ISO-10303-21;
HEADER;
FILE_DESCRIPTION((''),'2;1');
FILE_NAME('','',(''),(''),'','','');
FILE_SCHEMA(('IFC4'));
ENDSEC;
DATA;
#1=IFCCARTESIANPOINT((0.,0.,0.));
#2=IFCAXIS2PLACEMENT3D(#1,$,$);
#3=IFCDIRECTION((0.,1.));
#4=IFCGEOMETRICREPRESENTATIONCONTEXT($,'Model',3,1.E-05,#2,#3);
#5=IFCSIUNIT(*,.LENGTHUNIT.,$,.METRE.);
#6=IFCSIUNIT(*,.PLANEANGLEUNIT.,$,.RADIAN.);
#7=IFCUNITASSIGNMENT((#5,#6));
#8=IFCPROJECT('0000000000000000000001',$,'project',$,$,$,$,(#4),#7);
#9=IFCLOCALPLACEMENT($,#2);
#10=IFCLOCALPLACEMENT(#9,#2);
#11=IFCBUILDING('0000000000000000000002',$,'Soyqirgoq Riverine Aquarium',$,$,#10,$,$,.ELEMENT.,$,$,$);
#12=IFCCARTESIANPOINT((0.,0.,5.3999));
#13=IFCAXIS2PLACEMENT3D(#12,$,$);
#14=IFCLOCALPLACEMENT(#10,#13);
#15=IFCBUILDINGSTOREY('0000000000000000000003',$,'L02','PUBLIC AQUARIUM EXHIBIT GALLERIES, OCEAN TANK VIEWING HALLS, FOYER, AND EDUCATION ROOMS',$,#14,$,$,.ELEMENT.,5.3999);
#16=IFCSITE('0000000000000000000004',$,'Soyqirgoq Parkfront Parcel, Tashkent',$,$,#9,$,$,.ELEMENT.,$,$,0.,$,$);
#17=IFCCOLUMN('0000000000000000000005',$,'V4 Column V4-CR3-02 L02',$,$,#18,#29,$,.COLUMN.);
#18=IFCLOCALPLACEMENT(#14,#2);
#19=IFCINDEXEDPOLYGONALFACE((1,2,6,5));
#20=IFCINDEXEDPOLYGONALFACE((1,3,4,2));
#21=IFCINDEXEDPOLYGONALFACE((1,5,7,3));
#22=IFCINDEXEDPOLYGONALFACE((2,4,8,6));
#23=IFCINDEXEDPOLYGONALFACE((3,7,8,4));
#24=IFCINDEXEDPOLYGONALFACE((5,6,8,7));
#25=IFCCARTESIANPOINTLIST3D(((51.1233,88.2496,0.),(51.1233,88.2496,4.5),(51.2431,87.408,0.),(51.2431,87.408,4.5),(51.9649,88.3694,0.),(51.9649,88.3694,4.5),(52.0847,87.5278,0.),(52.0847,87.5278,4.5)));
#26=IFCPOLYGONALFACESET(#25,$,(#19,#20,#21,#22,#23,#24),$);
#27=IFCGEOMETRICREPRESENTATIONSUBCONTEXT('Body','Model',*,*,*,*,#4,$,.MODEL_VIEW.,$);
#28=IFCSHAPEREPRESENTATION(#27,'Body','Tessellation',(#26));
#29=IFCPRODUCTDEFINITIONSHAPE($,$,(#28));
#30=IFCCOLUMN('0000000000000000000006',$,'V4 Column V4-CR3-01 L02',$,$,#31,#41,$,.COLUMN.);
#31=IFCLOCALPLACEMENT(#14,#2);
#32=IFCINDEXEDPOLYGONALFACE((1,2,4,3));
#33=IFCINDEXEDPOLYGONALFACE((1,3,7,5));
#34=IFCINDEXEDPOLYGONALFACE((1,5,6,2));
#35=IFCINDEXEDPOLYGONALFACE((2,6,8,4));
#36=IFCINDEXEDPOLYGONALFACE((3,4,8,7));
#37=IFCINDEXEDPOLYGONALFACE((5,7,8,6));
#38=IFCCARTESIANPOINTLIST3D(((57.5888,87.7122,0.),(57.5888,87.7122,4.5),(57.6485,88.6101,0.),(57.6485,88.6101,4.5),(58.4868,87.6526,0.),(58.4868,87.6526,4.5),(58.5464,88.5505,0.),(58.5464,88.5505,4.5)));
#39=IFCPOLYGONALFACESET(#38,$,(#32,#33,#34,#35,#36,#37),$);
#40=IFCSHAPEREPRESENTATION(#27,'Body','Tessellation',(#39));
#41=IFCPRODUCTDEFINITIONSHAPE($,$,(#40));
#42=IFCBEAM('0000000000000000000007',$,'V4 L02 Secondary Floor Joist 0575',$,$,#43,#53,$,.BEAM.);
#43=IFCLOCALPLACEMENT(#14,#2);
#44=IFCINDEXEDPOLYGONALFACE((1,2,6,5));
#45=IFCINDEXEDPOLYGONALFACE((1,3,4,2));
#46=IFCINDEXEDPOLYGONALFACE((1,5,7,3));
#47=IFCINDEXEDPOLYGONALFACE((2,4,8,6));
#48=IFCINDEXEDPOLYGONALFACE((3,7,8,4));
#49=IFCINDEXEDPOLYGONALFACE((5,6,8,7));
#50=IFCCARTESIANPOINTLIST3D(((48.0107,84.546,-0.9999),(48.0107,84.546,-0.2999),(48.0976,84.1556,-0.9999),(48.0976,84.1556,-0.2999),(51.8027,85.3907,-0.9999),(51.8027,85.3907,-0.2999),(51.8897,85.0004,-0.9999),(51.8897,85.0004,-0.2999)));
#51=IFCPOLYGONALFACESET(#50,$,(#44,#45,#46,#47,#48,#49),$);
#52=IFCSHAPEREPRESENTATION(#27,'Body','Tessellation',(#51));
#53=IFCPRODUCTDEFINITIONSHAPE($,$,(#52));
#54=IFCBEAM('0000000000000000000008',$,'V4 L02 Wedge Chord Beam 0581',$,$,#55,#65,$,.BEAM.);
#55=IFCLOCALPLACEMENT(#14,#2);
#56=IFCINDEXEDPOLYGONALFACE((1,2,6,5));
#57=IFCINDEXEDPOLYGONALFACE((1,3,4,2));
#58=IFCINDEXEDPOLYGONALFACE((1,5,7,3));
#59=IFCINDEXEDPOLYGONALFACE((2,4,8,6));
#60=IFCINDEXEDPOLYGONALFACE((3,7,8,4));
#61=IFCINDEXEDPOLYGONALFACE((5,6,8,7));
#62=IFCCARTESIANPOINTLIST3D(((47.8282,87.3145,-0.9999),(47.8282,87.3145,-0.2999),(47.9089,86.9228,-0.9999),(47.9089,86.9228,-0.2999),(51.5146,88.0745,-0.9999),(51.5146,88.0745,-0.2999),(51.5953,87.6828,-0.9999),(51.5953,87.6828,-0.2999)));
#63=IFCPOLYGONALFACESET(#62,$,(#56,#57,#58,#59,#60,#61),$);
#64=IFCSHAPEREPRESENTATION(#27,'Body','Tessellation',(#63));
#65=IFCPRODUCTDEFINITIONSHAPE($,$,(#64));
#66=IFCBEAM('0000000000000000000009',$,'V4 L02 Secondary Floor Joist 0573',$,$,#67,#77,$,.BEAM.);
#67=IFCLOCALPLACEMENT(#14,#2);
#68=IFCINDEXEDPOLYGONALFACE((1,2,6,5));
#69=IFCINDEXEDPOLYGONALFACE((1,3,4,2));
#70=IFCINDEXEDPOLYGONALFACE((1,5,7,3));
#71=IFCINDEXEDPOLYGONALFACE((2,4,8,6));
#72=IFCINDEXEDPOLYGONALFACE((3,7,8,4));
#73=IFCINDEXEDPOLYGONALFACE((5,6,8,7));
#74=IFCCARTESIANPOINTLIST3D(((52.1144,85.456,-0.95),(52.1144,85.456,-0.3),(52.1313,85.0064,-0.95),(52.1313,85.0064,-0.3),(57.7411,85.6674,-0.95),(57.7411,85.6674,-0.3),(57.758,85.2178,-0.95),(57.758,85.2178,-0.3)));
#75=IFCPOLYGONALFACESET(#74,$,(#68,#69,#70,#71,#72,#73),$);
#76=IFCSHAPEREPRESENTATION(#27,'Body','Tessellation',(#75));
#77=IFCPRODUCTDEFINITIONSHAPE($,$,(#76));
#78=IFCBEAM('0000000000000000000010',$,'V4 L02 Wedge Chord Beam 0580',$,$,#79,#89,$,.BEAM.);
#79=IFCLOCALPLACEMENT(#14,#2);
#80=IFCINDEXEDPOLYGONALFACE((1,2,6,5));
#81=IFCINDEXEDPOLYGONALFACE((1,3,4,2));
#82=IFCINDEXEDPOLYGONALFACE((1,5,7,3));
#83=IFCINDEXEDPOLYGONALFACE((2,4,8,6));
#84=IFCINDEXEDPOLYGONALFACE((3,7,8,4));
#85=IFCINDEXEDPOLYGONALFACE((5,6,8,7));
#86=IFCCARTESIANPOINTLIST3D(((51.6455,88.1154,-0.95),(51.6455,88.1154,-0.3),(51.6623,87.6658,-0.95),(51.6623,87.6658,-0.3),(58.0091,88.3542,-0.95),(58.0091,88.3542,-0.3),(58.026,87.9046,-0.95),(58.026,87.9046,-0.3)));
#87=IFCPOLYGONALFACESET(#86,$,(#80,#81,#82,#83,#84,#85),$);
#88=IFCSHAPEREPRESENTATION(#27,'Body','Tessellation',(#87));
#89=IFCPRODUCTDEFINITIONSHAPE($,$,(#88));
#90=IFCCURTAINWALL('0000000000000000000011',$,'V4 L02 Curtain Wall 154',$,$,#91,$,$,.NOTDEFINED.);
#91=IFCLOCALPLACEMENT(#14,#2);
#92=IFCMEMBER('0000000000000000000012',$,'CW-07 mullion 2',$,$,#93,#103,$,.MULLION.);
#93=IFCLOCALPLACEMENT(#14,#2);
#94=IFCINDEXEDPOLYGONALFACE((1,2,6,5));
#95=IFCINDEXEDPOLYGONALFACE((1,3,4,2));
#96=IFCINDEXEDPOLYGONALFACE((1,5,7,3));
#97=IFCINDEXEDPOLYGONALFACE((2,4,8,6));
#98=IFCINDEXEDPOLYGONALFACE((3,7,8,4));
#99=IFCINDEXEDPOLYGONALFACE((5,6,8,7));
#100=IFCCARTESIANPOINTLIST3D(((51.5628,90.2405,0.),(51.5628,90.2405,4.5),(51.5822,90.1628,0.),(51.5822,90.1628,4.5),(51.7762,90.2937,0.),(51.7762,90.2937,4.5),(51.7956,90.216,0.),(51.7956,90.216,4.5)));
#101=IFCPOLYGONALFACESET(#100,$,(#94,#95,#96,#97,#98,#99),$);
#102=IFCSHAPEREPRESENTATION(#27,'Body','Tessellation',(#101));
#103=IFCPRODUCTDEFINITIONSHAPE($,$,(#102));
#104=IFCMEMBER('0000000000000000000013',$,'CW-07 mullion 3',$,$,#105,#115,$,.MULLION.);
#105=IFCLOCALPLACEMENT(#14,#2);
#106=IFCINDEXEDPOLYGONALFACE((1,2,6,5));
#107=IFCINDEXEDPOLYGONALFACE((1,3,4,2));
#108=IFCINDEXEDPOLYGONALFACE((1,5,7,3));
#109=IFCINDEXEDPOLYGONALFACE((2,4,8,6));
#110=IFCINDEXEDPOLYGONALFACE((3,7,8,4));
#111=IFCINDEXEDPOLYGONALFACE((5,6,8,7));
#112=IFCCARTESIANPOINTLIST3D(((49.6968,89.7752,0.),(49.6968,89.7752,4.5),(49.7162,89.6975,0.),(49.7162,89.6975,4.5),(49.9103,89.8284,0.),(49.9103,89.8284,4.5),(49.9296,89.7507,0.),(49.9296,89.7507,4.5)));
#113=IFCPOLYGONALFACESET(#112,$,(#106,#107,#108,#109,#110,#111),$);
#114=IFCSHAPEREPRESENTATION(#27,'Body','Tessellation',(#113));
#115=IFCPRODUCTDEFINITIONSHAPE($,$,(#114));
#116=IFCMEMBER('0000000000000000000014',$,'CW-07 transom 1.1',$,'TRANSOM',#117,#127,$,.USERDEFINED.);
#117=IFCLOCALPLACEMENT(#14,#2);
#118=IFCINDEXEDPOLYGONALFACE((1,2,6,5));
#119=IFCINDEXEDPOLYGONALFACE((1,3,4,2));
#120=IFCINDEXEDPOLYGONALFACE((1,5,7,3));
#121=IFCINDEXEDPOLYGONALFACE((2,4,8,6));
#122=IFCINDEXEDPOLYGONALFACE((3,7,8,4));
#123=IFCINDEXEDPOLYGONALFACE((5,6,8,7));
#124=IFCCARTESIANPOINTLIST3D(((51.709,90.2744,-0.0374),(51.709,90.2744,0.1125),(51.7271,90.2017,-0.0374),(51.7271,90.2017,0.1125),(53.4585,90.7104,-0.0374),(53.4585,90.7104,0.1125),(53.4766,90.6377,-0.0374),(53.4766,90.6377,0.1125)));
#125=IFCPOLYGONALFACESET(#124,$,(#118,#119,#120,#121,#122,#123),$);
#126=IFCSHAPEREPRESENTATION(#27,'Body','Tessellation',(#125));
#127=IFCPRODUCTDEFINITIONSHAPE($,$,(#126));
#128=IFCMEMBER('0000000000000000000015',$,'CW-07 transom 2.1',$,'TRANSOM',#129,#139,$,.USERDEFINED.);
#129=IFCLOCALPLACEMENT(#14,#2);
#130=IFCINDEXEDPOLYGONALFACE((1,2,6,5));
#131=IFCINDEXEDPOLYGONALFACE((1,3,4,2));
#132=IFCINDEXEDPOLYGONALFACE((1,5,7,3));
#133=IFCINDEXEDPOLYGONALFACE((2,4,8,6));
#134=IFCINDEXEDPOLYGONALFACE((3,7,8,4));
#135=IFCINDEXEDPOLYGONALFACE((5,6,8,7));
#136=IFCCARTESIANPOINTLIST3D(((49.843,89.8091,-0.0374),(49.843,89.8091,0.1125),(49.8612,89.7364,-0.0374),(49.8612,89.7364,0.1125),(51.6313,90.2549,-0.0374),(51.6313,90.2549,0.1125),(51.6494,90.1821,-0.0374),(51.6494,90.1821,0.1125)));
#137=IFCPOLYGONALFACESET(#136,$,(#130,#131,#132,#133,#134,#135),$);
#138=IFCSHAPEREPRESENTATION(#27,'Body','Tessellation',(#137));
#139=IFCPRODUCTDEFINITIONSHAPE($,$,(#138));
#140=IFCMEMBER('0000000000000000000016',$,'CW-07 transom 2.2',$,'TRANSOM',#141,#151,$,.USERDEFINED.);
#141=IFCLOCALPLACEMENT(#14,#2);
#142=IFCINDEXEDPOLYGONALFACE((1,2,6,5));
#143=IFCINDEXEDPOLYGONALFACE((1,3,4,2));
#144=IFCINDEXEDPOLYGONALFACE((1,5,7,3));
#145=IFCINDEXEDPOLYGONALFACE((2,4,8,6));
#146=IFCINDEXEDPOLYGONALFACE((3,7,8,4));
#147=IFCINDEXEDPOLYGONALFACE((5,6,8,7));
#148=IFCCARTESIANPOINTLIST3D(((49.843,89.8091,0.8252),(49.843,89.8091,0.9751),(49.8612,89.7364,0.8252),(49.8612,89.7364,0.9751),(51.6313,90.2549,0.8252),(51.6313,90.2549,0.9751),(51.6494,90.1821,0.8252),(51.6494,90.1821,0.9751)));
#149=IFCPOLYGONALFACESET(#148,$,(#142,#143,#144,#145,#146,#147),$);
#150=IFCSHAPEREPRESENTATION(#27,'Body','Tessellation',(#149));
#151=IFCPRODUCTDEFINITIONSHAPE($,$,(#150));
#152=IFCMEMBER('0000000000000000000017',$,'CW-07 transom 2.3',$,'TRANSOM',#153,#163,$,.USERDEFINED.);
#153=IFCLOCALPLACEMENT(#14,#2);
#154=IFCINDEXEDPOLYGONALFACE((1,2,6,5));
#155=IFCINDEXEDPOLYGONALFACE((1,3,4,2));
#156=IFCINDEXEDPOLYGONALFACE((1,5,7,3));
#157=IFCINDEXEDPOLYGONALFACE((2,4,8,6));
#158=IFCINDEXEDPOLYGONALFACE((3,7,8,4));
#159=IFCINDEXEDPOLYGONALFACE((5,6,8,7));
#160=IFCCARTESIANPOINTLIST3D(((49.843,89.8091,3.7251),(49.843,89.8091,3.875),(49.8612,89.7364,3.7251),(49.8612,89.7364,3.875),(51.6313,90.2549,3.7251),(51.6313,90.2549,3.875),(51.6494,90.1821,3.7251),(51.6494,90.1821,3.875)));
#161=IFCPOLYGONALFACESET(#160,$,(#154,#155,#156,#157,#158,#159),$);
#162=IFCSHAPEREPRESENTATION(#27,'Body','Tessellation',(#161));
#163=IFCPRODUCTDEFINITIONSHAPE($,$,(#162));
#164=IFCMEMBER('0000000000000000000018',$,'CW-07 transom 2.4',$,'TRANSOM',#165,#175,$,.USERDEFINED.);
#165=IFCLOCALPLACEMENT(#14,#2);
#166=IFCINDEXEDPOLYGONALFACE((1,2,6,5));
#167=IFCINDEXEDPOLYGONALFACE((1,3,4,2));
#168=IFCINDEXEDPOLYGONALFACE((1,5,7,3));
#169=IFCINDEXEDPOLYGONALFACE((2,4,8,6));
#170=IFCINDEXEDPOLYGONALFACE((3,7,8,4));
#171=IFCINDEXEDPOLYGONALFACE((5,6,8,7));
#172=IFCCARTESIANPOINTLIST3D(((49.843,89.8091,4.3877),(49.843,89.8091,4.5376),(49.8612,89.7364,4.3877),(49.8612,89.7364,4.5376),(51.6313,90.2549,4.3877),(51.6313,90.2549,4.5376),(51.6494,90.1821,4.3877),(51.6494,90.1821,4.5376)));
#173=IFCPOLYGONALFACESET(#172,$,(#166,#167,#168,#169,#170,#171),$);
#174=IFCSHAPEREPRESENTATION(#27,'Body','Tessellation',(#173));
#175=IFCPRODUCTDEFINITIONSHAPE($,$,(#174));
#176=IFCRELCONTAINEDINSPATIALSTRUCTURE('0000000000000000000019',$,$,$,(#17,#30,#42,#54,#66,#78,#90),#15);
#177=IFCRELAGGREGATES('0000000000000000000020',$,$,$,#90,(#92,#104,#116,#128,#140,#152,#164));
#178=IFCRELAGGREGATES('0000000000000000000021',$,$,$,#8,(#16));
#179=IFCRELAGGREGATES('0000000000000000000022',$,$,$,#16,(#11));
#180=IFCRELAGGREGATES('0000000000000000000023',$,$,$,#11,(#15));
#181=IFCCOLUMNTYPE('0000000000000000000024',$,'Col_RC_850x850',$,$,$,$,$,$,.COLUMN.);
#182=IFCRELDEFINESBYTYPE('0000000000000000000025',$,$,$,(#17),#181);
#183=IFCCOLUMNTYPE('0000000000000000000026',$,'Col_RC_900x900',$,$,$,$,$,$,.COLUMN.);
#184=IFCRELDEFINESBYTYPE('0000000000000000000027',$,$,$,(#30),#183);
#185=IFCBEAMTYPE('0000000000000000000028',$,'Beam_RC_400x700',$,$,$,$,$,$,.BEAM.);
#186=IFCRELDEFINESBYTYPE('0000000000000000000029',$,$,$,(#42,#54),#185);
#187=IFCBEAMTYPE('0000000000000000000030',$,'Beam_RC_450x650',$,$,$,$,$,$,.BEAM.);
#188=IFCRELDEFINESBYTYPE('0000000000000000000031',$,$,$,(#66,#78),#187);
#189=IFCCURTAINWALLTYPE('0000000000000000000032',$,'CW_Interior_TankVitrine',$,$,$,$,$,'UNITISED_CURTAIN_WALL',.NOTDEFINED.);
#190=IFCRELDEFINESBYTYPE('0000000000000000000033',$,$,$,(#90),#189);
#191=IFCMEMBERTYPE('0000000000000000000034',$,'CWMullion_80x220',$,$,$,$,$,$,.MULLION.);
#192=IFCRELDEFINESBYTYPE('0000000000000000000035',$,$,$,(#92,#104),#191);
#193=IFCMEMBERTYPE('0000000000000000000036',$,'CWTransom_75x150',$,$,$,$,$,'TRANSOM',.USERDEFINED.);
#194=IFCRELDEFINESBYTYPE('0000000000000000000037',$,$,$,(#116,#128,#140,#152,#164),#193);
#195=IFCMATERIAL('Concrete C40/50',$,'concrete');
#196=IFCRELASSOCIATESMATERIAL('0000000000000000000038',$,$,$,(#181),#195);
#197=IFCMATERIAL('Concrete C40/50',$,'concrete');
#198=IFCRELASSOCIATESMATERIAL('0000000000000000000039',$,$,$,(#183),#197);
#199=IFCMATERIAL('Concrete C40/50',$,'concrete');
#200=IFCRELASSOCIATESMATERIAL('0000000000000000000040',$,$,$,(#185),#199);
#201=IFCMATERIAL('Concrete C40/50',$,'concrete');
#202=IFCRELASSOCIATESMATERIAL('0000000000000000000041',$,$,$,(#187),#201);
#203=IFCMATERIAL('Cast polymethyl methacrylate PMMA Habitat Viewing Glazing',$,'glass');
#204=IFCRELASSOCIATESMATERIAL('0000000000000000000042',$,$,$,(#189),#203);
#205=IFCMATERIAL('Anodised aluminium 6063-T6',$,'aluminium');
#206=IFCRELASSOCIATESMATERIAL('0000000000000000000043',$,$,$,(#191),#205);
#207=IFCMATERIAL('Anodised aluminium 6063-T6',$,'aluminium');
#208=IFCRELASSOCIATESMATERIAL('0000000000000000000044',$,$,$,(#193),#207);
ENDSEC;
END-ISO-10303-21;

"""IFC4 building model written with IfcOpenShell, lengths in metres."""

from ifc_helpers import new_model, si_unit, direction, frame, origin, origin_2d, place, context, subcontext, project, spatial, rectangle, extrude, material, material_profile, profile_set, type_object, element, aggregate, save


model = new_model("IFC4")

# Units and contexts
model_context = context("Model", 3, precision=1e-05, world=origin(), true_north=direction((0.0, 1.0)))
body_context = subcontext(model_context, "Body", "Model", "MODEL_VIEW")
ifc_project = project(units=[si_unit("LENGTHUNIT", "METRE"), si_unit("PLANEANGLEUNIT", "RADIAN")], contexts=[model_context])

# Site, building, storey
site_placement = place(None, origin())
site = spatial("IfcSite", under=ifc_project, at=site_placement, Name="Soyqirgoq Parkfront Parcel, Tashkent", CompositionType="ELEMENT", RefElevation=0.0)
building_placement = place(site_placement, origin())
building = spatial("IfcBuilding", under=site, at=building_placement, Name="Soyqirgoq Riverine Aquarium", CompositionType="ELEMENT")
storey_placement = place(building_placement, frame((0.0, 0.0, 5.3999)))
storey = spatial("IfcBuildingStorey", under=building, at=storey_placement, Name="L02", Description="PUBLIC AQUARIUM EXHIBIT GALLERIES, OCEAN TANK VIEWING HALLS, FOYER, AND EDUCATION ROOMS", CompositionType="ELEMENT", Elevation=5.3999)

# Columns
ifc_material_1 = material(Name="Concrete C40/50", Category="concrete")
ifc_material_profile_1 = material_profile(ifc_material_1, rectangle(XDim=0.8501, YDim=0.8501, at=origin_2d()), Name="RC 850x850")
ifc_profile_set_1 = profile_set([ifc_material_profile_1], Name="Concrete C40/50")
column_type_1 = type_object("IfcColumnType", Name="Col_RC_850x850", PredefinedType="COLUMN", material=ifc_profile_set_1)
column_1_placement = place(storey_placement, frame((51.604, 87.8887, 0.0), z_axis=(0.0, 0.0, 1.0), x_axis=(-0.140901, 0.990024, 0.0)))
element("IfcColumn", 1, at=column_1_placement, inside=storey, type_object=column_type_1, Name="V4 Column V4-CR3-02 L02", PredefinedType="COLUMN", context=body_context, shape_type="SweptSolid", body=[
    extrude(rectangle(XDim=0.8501, YDim=0.8501, at=origin_2d()), origin(), (0.0, 0.0, 1.0), 4.5),
])
ifc_material_2 = material(Name="Concrete C40/50", Category="concrete")
ifc_material_profile_2 = material_profile(ifc_material_2, rectangle(XDim=0.8999, YDim=0.8999, at=origin_2d()), Name="RC 900x900")
ifc_profile_set_2 = profile_set([ifc_material_profile_2], Name="Concrete C40/50")
column_type_2 = type_object("IfcColumnType", Name="Col_RC_900x900", PredefinedType="COLUMN", material=ifc_profile_set_2)
column_2_placement = place(storey_placement, frame((58.0676, 88.1313, 0.0), z_axis=(0.0, 0.0, 1.0), x_axis=(0.066274, 0.997801, 0.0)))
element("IfcColumn", 2, at=column_2_placement, inside=storey, type_object=column_type_2, Name="V4 Column V4-CR3-01 L02", PredefinedType="COLUMN", context=body_context, shape_type="SweptSolid", body=[
    extrude(rectangle(XDim=0.8999, YDim=0.8999, at=origin_2d()), origin(), (0.0, 0.0, 1.0), 4.5),
])

# Beams
ifc_material_3 = material(Name="Concrete C40/50", Category="concrete")
ifc_material_profile_3 = material_profile(ifc_material_3, rectangle(XDim=0.3999, YDim=0.7, at=origin_2d()), Name="RC 400x700")
ifc_profile_set_3 = profile_set([ifc_material_profile_3], Name="Concrete C40/50")
beam_type_1 = type_object("IfcBeamType", Name="Beam_RC_400x700", PredefinedType="BEAM", material=ifc_profile_set_3)
beam_1_placement = place(storey_placement, frame((51.8462, 85.1956, -0.6499), z_axis=(-0.976075, -0.217436, 0.0), x_axis=(0.217436, -0.976075, 0.0)))
element("IfcBeam", 3, at=beam_1_placement, inside=storey, type_object=beam_type_1, Name="V4 L02 Secondary Floor Joist 0575", PredefinedType="BEAM", context=body_context, shape_type="SweptSolid", body=[
    extrude(rectangle(XDim=0.3999, YDim=0.7, at=origin_2d()), origin(), (0.0, 0.0, 1.0), 3.885),
])
beam_2_placement = place(storey_placement, frame((51.5549, 87.8787, -0.6499), z_axis=(-0.979401, -0.201926, 0.0), x_axis=(0.201926, -0.979401, 0.0)))
element("IfcBeam", 4, at=beam_2_placement, inside=storey, type_object=beam_type_1, Name="V4 L02 Wedge Chord Beam 0581", PredefinedType="BEAM", context=body_context, shape_type="SweptSolid", body=[
    extrude(rectangle(XDim=0.3999, YDim=0.7, at=origin_2d()), origin(), (0.0, 0.0, 1.0), 3.7639),
])
ifc_material_4 = material(Name="Concrete C40/50", Category="concrete")
ifc_material_profile_4 = material_profile(ifc_material_4, rectangle(XDim=0.45, YDim=0.6499, at=origin_2d()), Name="RC 450x650")
ifc_profile_set_4 = profile_set([ifc_material_profile_4], Name="Concrete C40/50")
beam_type_2 = type_object("IfcBeamType", Name="Beam_RC_450x650", PredefinedType="BEAM", material=ifc_profile_set_4)
beam_3_placement = place(storey_placement, frame((57.7495, 85.4426, -0.625), z_axis=(-0.999295, -0.037549, 0.0), x_axis=(0.037549, -0.999295, 0.0)))
element("IfcBeam", 5, at=beam_3_placement, inside=storey, type_object=beam_type_2, Name="V4 L02 Secondary Floor Joist 0573", PredefinedType="BEAM", context=body_context, shape_type="SweptSolid", body=[
    extrude(rectangle(XDim=0.45, YDim=0.6499, at=origin_2d()), origin(), (0.0, 0.0, 1.0), 5.6306),
])
beam_4_placement = place(storey_placement, frame((58.0176, 88.1294, -0.625), z_axis=(-0.999297, -0.037494, 0.0), x_axis=(0.037494, -0.999297, 0.0)))
element("IfcBeam", 6, at=beam_4_placement, inside=storey, type_object=beam_type_2, Name="V4 L02 Wedge Chord Beam 0580", PredefinedType="BEAM", context=body_context, shape_type="SweptSolid", body=[
    extrude(rectangle(XDim=0.45, YDim=0.6499, at=origin_2d()), origin(), (0.0, 0.0, 1.0), 6.3682),
])

# Curtain wall, members
ifc_material_5 = material(Name="Cast polymethyl methacrylate PMMA Habitat Viewing Glazing", Category="glass")
curtain_wall_type = type_object("IfcCurtainWallType", Name="CW_Interior_TankVitrine", ElementType="UNITISED_CURTAIN_WALL", PredefinedType="NOTDEFINED", material=ifc_material_5)
curtain_wall_placement = place(storey_placement, origin())
curtain_wall = element("IfcCurtainWall", 7, at=curtain_wall_placement, inside=storey, type_object=curtain_wall_type, Name="V4 L02 Curtain Wall 154", PredefinedType="NOTDEFINED")
ifc_material_6 = material(Name="Anodised aluminium 6063-T6", Category="aluminium")
ifc_material_profile_5 = material_profile(ifc_material_6, rectangle(XDim=0.0801, YDim=0.22, at=origin_2d()), Name="ALU-M 80x220")
ifc_profile_set_5 = profile_set([ifc_material_profile_5], Name="Anodised aluminium 6063-T6")
member_type_1 = type_object("IfcMemberType", Name="CWMullion_80x220", PredefinedType="MULLION", material=ifc_profile_set_5)
member_1_placement = place(storey_placement, frame((51.6792, 90.2283, 0.0), z_axis=(0.0, 0.0, 1.0), x_axis=(0.241926, -0.970295, 0.0)))
member_1 = element("IfcMember", 8, at=member_1_placement, type_object=member_type_1, Name="CW-07 mullion 2", PredefinedType="MULLION", context=body_context, shape_type="SweptSolid", body=[
    extrude(rectangle(XDim=0.0801, YDim=0.22, at=origin_2d()), origin(), (0.0, 0.0, 1.0), 4.5),
])
member_2_placement = place(storey_placement, frame((49.8132, 89.7629, 0.0), z_axis=(0.0, 0.0, 1.0), x_axis=(0.241926, -0.970295, 0.0)))
member_2 = element("IfcMember", 9, at=member_2_placement, type_object=member_type_1, Name="CW-07 mullion 3", PredefinedType="MULLION", context=body_context, shape_type="SweptSolid", body=[
    extrude(rectangle(XDim=0.0801, YDim=0.22, at=origin_2d()), origin(), (0.0, 0.0, 1.0), 4.5),
])
ifc_material_7 = material(Name="Anodised aluminium 6063-T6", Category="aluminium")
ifc_material_profile_6 = material_profile(ifc_material_7, rectangle(XDim=0.075, YDim=0.1499, at=origin_2d()), Name="ALU-T 75x150")
ifc_profile_set_6 = profile_set([ifc_material_profile_6], Name="Anodised aluminium 6063-T6")
member_type_2 = type_object("IfcMemberType", Name="CWTransom_75x150", ElementType="TRANSOM", PredefinedType="USERDEFINED", material=ifc_profile_set_6)
member_3_placement = place(storey_placement, frame((53.4675, 90.6741, 0.0376), z_axis=(-0.970317, -0.241835, 0.0), x_axis=(0.241835, -0.970317, 0.0)))
member_3 = element("IfcMember", 10, at=member_3_placement, type_object=member_type_2, Name="CW-07 transom 1.1", ObjectType="TRANSOM", PredefinedType="USERDEFINED", context=body_context, shape_type="SweptSolid", body=[
    extrude(rectangle(XDim=0.075, YDim=0.1499, at=origin_2d()), origin(), (0.0, 0.0, 1.0), 1.803),
])
member_4_placement = place(storey_placement, frame((51.6404, 90.2185, 0.0376), z_axis=(-0.970306, -0.241881, 0.0), x_axis=(0.241881, -0.970306, 0.0)))
member_4 = element("IfcMember", 11, at=member_4_placement, type_object=member_type_2, Name="CW-07 transom 2.1", ObjectType="TRANSOM", PredefinedType="USERDEFINED", context=body_context, shape_type="SweptSolid", body=[
    extrude(rectangle(XDim=0.075, YDim=0.1499, at=origin_2d()), origin(), (0.0, 0.0, 1.0), 1.843),
])
member_5_placement = place(storey_placement, frame((51.6404, 90.2185, 0.9001), z_axis=(-0.970306, -0.241881, 0.0), x_axis=(0.241881, -0.970306, 0.0)))
member_5 = element("IfcMember", 12, at=member_5_placement, type_object=member_type_2, Name="CW-07 transom 2.2", ObjectType="TRANSOM", PredefinedType="USERDEFINED", context=body_context, shape_type="SweptSolid", body=[
    extrude(rectangle(XDim=0.075, YDim=0.1499, at=origin_2d()), origin(), (0.0, 0.0, 1.0), 1.843),
])
member_6_placement = place(storey_placement, frame((51.6404, 90.2185, 3.8), z_axis=(-0.970306, -0.241881, 0.0), x_axis=(0.241881, -0.970306, 0.0)))
member_6 = element("IfcMember", 13, at=member_6_placement, type_object=member_type_2, Name="CW-07 transom 2.3", ObjectType="TRANSOM", PredefinedType="USERDEFINED", context=body_context, shape_type="SweptSolid", body=[
    extrude(rectangle(XDim=0.075, YDim=0.1499, at=origin_2d()), origin(), (0.0, 0.0, 1.0), 1.843),
])
member_7_placement = place(storey_placement, frame((51.6404, 90.2185, 4.4626), z_axis=(-0.970306, -0.241881, 0.0), x_axis=(0.241881, -0.970306, 0.0)))
member_7 = element("IfcMember", 14, at=member_7_placement, type_object=member_type_2, Name="CW-07 transom 2.4", ObjectType="TRANSOM", PredefinedType="USERDEFINED", context=body_context, shape_type="SweptSolid", body=[
    extrude(rectangle(XDim=0.075, YDim=0.1499, at=origin_2d()), origin(), (0.0, 0.0, 1.0), 1.843),
])

aggregate(curtain_wall, [member_1, member_2, member_3, member_4, member_5, member_6, member_7])

save(model, "model.ifc")
